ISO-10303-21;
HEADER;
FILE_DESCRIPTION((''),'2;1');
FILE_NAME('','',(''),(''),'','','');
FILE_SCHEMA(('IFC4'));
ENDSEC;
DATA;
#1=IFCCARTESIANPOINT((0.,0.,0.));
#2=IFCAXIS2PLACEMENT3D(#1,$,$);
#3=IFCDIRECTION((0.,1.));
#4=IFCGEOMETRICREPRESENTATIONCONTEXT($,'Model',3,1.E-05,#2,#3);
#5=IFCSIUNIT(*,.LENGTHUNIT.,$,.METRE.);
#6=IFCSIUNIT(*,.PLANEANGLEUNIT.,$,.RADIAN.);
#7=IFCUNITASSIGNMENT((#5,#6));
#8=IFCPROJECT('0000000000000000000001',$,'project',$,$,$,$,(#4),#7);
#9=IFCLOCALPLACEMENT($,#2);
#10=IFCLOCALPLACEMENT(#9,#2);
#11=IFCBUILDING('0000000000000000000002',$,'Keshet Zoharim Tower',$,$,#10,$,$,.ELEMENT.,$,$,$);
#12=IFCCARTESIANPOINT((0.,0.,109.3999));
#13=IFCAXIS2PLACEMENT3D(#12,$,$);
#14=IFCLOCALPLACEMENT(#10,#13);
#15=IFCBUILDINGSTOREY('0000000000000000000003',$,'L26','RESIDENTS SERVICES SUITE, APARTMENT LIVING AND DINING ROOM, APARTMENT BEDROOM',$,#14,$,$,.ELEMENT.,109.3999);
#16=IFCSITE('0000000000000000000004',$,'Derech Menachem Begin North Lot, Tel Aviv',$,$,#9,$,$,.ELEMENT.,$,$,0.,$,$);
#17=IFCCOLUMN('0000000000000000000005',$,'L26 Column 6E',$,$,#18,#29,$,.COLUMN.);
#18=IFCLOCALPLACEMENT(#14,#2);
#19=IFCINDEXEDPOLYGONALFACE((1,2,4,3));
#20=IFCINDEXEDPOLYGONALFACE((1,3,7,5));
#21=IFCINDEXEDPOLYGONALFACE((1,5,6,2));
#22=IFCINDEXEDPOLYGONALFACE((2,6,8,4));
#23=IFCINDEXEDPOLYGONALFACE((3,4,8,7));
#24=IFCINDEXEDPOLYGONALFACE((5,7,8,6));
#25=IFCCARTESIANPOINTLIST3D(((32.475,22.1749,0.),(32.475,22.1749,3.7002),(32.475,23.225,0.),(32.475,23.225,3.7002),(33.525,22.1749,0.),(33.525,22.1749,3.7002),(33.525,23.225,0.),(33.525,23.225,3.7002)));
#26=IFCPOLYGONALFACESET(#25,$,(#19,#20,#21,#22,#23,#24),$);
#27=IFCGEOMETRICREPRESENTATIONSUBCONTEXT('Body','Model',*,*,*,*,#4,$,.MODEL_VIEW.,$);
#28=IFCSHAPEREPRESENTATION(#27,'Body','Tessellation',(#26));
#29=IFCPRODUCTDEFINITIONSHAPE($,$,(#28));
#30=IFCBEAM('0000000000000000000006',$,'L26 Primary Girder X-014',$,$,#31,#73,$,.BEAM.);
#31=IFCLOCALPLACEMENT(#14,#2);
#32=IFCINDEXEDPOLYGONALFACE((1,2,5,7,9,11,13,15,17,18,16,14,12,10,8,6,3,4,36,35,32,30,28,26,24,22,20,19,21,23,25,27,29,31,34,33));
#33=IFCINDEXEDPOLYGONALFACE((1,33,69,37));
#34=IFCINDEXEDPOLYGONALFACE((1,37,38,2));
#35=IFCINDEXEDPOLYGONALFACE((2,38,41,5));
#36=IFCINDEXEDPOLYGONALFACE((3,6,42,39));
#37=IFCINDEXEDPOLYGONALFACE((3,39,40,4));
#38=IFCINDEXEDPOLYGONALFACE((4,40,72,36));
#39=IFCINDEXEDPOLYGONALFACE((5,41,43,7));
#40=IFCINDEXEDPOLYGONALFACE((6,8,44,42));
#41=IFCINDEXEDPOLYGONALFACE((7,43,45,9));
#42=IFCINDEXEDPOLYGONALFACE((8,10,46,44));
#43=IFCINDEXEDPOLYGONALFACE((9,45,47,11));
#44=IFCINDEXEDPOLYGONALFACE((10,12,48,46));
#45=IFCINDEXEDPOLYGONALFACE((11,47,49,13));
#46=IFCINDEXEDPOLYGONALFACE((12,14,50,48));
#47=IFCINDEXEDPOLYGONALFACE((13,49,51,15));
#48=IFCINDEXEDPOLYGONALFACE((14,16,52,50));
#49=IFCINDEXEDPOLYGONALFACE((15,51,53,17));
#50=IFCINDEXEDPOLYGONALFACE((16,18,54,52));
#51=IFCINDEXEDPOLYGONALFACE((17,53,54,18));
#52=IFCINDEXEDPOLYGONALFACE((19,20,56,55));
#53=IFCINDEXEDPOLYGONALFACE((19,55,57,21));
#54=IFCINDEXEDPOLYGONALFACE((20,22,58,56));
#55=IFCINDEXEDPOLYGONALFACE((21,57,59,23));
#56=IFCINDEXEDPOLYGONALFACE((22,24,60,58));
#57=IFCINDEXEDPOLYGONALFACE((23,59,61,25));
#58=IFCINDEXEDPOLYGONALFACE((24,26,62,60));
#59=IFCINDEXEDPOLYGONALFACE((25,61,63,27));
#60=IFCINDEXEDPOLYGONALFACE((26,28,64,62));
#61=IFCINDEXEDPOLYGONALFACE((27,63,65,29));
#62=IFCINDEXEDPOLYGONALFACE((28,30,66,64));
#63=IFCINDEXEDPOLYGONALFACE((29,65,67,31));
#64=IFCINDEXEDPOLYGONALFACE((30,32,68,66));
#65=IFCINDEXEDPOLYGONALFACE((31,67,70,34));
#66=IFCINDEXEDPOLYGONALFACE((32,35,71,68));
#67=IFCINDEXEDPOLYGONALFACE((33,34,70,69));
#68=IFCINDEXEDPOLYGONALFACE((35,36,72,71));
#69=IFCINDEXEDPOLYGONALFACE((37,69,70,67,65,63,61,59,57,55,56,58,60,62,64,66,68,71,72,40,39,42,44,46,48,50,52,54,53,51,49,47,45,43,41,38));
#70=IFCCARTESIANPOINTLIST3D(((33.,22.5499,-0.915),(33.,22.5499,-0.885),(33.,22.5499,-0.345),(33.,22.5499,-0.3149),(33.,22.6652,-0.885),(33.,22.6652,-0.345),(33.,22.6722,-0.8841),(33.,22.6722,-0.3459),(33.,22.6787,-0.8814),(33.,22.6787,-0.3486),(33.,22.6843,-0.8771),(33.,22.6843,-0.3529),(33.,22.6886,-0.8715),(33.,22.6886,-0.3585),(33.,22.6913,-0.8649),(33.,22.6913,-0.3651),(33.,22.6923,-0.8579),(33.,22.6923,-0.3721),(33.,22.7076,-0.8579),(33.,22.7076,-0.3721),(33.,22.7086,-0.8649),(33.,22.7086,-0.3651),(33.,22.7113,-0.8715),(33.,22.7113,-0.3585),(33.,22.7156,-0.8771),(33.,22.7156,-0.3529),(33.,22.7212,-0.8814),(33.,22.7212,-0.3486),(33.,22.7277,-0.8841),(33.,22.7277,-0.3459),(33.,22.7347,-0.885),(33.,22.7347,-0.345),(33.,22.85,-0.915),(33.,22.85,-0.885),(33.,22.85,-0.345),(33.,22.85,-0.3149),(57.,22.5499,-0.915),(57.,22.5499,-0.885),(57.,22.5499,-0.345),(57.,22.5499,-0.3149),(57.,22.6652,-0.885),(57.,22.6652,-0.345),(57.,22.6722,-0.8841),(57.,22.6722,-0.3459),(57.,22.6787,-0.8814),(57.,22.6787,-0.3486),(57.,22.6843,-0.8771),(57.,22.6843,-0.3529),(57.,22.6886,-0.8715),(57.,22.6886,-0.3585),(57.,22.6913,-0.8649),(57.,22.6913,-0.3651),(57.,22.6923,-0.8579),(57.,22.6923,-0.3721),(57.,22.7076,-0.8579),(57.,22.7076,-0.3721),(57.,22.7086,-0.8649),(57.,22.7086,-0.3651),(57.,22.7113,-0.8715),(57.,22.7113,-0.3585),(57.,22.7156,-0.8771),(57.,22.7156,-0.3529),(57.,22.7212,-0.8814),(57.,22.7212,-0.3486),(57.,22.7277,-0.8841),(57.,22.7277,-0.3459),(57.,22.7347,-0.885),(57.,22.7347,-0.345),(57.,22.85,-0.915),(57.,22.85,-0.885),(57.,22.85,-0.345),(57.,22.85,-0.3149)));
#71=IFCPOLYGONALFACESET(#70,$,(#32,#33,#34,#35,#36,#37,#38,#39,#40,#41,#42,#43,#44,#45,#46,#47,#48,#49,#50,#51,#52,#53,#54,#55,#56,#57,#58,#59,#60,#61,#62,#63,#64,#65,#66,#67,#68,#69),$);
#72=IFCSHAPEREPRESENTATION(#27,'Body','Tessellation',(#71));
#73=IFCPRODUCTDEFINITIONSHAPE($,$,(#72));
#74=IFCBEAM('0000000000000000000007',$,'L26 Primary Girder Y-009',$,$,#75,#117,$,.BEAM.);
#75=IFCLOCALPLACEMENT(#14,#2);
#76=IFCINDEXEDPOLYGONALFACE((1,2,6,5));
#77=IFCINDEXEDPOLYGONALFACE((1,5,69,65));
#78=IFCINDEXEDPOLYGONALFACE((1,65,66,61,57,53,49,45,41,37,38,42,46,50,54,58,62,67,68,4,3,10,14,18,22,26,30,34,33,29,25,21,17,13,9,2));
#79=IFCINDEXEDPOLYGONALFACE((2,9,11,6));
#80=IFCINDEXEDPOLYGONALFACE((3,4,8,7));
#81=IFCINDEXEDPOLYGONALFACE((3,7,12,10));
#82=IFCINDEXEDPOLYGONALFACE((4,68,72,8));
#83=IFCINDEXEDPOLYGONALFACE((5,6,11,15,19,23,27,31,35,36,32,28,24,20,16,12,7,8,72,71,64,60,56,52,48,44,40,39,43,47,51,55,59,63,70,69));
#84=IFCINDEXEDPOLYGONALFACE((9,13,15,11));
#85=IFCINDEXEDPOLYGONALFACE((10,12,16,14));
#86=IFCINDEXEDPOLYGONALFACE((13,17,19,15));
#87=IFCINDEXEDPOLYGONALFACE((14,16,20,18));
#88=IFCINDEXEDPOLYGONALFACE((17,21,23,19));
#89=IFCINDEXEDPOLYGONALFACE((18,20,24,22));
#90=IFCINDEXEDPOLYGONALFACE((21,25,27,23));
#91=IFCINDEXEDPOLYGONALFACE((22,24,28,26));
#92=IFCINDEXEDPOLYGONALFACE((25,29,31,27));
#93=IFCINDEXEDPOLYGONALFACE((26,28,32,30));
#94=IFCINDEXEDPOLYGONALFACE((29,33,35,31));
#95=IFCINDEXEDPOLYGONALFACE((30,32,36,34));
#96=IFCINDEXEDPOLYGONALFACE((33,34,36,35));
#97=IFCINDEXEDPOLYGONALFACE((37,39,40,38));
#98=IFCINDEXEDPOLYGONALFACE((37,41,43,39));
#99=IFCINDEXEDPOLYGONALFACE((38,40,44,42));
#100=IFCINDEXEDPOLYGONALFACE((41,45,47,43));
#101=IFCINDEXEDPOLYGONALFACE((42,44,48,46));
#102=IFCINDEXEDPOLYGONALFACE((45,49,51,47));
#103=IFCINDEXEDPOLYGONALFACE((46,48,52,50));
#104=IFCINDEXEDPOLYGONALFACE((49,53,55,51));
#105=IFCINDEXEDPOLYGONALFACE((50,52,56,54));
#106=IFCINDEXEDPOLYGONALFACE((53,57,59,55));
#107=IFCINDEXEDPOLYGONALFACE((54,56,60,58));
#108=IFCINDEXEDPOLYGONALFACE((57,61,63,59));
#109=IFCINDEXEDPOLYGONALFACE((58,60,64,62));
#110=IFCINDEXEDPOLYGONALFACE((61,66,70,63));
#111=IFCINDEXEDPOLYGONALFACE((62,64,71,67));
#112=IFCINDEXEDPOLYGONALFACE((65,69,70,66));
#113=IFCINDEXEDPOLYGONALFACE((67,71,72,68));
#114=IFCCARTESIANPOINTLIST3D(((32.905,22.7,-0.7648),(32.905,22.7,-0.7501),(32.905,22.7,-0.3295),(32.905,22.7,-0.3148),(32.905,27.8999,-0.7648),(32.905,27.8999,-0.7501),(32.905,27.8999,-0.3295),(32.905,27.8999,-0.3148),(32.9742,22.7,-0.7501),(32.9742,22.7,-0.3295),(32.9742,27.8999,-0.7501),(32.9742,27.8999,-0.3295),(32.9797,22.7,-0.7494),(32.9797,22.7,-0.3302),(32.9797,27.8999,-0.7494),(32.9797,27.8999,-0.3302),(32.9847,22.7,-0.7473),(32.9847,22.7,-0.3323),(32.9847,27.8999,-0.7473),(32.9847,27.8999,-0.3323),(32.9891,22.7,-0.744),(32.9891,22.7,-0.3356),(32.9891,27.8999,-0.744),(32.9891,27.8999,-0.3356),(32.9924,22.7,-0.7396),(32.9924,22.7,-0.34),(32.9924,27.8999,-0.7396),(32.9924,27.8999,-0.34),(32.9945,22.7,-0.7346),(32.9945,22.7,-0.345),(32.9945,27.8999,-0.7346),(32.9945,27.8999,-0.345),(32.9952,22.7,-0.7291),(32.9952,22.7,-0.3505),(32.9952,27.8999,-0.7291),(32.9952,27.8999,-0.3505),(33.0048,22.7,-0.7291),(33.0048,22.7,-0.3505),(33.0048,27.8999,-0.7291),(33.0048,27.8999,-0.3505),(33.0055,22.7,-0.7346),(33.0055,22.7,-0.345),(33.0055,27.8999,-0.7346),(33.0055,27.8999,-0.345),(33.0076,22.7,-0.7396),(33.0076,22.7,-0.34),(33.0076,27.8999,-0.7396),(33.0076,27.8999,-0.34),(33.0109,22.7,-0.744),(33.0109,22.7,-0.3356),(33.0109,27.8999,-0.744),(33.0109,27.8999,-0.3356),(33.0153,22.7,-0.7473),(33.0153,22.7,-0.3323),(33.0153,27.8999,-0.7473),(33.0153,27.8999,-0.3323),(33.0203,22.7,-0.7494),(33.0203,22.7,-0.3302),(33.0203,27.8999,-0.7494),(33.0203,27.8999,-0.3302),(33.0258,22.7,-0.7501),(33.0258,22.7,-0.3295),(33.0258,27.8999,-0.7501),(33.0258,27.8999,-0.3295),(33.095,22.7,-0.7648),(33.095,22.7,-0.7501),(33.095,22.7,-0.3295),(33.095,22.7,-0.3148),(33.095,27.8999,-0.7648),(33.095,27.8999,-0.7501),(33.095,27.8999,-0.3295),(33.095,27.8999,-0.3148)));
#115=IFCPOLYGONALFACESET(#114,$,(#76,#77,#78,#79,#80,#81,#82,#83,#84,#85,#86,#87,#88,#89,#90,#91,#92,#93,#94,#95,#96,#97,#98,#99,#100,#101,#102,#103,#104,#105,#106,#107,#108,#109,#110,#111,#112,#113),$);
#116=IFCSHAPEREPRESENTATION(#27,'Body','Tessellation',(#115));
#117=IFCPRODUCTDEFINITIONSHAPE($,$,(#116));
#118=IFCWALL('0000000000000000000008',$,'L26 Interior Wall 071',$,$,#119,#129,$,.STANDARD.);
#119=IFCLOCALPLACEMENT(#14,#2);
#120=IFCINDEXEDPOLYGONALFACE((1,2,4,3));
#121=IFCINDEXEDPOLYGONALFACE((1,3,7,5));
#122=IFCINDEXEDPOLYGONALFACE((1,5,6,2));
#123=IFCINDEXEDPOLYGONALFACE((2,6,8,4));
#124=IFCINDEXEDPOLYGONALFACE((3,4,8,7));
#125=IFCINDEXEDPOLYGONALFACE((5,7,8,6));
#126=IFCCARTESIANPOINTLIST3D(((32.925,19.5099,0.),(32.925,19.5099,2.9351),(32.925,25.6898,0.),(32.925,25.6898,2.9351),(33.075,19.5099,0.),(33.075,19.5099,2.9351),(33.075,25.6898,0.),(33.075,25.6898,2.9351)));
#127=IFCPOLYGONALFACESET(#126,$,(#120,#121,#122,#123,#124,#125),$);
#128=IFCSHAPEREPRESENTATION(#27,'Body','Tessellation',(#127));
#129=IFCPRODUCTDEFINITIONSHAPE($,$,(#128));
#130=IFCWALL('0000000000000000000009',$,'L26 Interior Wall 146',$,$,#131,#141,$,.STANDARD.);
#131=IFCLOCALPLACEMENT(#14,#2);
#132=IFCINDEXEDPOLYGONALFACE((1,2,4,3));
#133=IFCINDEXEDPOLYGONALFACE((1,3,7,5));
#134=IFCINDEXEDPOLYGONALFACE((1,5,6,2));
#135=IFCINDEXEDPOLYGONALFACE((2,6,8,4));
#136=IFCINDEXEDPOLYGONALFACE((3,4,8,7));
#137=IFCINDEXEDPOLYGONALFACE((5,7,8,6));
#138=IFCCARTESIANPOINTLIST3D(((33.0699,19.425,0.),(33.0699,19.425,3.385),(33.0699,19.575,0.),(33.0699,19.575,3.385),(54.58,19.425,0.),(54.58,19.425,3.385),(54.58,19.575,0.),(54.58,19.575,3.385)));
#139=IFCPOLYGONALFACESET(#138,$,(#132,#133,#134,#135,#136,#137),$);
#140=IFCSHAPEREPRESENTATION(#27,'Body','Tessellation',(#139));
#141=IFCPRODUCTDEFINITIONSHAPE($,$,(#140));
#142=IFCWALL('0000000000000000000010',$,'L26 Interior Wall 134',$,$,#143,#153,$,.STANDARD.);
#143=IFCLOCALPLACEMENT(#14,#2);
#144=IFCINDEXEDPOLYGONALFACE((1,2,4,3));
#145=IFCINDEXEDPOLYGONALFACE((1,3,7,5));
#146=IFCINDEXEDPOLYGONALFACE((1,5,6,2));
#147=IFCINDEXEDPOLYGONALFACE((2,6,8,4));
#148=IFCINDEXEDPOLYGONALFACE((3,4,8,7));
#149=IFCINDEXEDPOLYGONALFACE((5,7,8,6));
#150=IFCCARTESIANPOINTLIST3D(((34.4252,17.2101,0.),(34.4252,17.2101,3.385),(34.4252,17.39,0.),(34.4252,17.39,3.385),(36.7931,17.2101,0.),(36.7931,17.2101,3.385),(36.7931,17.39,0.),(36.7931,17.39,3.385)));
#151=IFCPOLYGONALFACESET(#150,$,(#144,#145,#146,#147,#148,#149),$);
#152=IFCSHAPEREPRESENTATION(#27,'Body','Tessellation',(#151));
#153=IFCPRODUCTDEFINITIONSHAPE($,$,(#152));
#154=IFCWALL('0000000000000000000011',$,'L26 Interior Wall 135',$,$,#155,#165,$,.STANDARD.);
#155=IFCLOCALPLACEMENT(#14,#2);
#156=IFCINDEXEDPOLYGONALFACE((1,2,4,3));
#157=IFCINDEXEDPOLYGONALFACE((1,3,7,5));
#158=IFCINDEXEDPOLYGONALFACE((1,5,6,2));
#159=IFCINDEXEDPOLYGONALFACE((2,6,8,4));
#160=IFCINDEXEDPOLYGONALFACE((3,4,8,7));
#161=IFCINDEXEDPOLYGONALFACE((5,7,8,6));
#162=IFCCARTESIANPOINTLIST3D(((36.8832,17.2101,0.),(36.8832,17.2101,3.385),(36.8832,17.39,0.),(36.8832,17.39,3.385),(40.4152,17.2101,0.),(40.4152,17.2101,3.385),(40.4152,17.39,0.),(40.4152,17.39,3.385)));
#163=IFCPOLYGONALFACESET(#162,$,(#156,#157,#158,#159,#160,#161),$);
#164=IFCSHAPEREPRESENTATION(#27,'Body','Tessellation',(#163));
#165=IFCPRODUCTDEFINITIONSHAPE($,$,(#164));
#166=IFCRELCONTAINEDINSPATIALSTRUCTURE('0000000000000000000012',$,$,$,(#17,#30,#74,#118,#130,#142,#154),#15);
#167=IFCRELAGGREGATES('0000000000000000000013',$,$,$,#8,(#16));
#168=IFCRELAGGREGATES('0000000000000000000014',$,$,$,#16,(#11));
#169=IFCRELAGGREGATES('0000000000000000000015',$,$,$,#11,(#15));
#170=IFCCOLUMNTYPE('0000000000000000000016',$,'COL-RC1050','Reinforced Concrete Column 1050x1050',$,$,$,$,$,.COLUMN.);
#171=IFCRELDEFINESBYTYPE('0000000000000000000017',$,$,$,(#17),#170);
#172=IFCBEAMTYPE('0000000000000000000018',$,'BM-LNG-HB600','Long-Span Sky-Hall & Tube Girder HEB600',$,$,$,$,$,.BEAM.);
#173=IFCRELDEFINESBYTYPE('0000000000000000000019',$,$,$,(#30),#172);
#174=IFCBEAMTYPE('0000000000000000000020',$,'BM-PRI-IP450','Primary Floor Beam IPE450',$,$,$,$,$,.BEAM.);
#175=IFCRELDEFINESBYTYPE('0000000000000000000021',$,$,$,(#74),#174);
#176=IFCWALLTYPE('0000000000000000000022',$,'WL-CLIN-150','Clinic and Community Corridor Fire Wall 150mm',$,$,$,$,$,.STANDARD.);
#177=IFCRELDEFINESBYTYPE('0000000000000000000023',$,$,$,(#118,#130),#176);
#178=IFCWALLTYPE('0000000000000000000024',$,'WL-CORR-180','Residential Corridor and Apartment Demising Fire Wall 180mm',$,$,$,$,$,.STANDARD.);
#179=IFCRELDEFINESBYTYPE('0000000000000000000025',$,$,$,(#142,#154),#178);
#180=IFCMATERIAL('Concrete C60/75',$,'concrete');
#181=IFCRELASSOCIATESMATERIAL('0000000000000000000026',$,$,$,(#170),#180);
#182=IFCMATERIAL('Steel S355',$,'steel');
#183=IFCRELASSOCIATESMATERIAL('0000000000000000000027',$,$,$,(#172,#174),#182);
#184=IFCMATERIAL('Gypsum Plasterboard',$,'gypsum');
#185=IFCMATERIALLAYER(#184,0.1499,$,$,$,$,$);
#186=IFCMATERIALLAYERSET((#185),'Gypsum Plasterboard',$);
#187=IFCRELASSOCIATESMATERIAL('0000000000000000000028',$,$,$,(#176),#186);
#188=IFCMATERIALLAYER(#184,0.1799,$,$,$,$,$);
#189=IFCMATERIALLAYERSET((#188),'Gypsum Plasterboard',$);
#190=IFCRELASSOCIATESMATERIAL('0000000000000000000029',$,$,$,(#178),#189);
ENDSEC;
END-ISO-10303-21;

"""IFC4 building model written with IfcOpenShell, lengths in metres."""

from ifc_helpers import new_model, si_unit, direction, frame, frame_2d, origin, origin_2d, place, context, subcontext, project, spatial, rectangle, i_section, extrude, material, layer, layer_set, material_profile, profile_set, type_object, element, save


model = new_model("IFC4")

# Units and contexts
model_context = context("Model", 3, precision=1e-05, world=origin(), true_north=direction((0.0, 1.0)))
body_context = subcontext(model_context, "Body", "Model", "MODEL_VIEW")
ifc_project = project(units=[si_unit("LENGTHUNIT", "METRE"), si_unit("PLANEANGLEUNIT", "RADIAN")], contexts=[model_context])

# Site, building, storey
site_placement = place(None, origin())
site = spatial("IfcSite", under=ifc_project, at=site_placement, Name="Derech Menachem Begin North Lot, Tel Aviv", CompositionType="ELEMENT", RefElevation=0.0)
building_placement = place(site_placement, origin())
building = spatial("IfcBuilding", under=site, at=building_placement, Name="Keshet Zoharim Tower", CompositionType="ELEMENT")
storey_placement = place(building_placement, frame((0.0, 0.0, 109.3999)))
storey = spatial("IfcBuildingStorey", under=building, at=storey_placement, Name="L26", Description="RESIDENTS SERVICES SUITE, APARTMENT LIVING AND DINING ROOM, APARTMENT BEDROOM", CompositionType="ELEMENT", Elevation=109.3999)

# Column
ifc_material_1 = material(Name="Concrete C60/75", Category="concrete")
ifc_material_profile_1 = material_profile(ifc_material_1, rectangle(XDim=1.05, YDim=1.05, at=origin_2d()), Name="RC1050x1050")
ifc_profile_set_1 = profile_set([ifc_material_profile_1], Name="Concrete C60/75")
column_type = type_object("IfcColumnType", Name="COL-RC1050", Description="Reinforced Concrete Column 1050x1050", PredefinedType="COLUMN", material=ifc_profile_set_1)
column_placement = place(storey_placement, frame((33.0, 22.7, 0.0), z_axis=(0.0, 0.0, 1.0), x_axis=(1.0, 0.0, 0.0)))
element("IfcColumn", 1, at=column_placement, inside=storey, type_object=column_type, Name="L26 Column 6E", PredefinedType="COLUMN", context=body_context, shape_type="SweptSolid", body=[
    extrude(rectangle(XDim=1.05, YDim=1.05, at=origin_2d()), origin(), (0.0, 0.0, 1.0), 3.7002),
])

# Beams
ifc_material_2 = material(Name="Steel S355", Category="steel")
ifc_material_profile_2 = material_profile(ifc_material_2, i_section(OverallWidth=0.3, OverallDepth=0.6001, WebThickness=0.0154, FlangeThickness=0.03, FilletRadius=0.0271, at=origin_2d()), Name="HEB600")
ifc_profile_set_2 = profile_set([ifc_material_profile_2], Name="Steel S355")
beam_type_1 = type_object("IfcBeamType", Name="BM-LNG-HB600", Description="Long-Span Sky-Hall & Tube Girder HEB600", PredefinedType="BEAM", material=ifc_profile_set_2)
beam_1_placement = place(storey_placement, frame((33.0, 22.7, -0.615), z_axis=(1.0, 0.0, 0.0), x_axis=(0.0, 1.0, 0.0)))
element("IfcBeam", 2, at=beam_1_placement, inside=storey, type_object=beam_type_1, Name="L26 Primary Girder X-014", PredefinedType="BEAM", context=body_context, shape_type="SweptSolid", body=[
    extrude(i_section(OverallWidth=0.3, OverallDepth=0.6001, WebThickness=0.0154, FlangeThickness=0.03, FilletRadius=0.0271, at=origin_2d()), origin(), (0.0, 0.0, 1.0), 24.0),
])
ifc_material_profile_3 = material_profile(ifc_material_2, i_section(OverallWidth=0.1899, OverallDepth=0.45, WebThickness=0.0095, FlangeThickness=0.0146, FilletRadius=0.021, at=origin_2d()), Name="IPE450")
ifc_profile_set_3 = profile_set([ifc_material_profile_3], Name="Steel S355")
beam_type_2 = type_object("IfcBeamType", Name="BM-PRI-IP450", Description="Primary Floor Beam IPE450", PredefinedType="BEAM", material=ifc_profile_set_3)
beam_2_placement = place(storey_placement, frame((33.0, 22.7, -0.5398), z_axis=(0.0, 1.0, 0.0), x_axis=(-1.0, 0.0, 0.0)))
element("IfcBeam", 3, at=beam_2_placement, inside=storey, type_object=beam_type_2, Name="L26 Primary Girder Y-009", PredefinedType="BEAM", context=body_context, shape_type="SweptSolid", body=[
    extrude(i_section(OverallWidth=0.1899, OverallDepth=0.45, WebThickness=0.0095, FlangeThickness=0.0146, FilletRadius=0.021, at=origin_2d()), origin(), (0.0, 0.0, 1.0), 5.2),
])

# Walls
ifc_material_3 = material(Name="Gypsum Plasterboard", Category="gypsum")
ifc_layer_1 = layer(ifc_material_3, 0.1499)
ifc_layer_set_1 = layer_set([ifc_layer_1], Name="Gypsum Plasterboard")
wall_type_1 = type_object("IfcWallType", Name="WL-CLIN-150", Description="Clinic and Community Corridor Fire Wall 150mm", PredefinedType="STANDARD", material=ifc_layer_set_1)
wall_1_placement = place(storey_placement, frame((33.0, 19.51, 0.0), z_axis=(0.0, 0.0, 1.0), x_axis=(0.0, 1.0, 0.0)))
element("IfcWall", 4, at=wall_1_placement, inside=storey, type_object=wall_type_1, Name="L26 Interior Wall 071", PredefinedType="STANDARD", context=body_context, shape_type="SweptSolid", body=[
    extrude(rectangle(XDim=6.1799, YDim=0.1499, at=frame_2d((3.0898, 0.0))), origin(), (0.0, 0.0, 1.0), 2.9351),
])
wall_2_placement = place(storey_placement, frame((33.0701, 19.5, 0.0), z_axis=(0.0, 0.0, 1.0), x_axis=(1.0, 0.0, 0.0)))
element("IfcWall", 5, at=wall_2_placement, inside=storey, type_object=wall_type_1, Name="L26 Interior Wall 146", PredefinedType="STANDARD", context=body_context, shape_type="SweptSolid", body=[
    extrude(rectangle(XDim=21.51, YDim=0.1499, at=frame_2d((10.7549, 0.0))), origin(), (0.0, 0.0, 1.0), 3.385),
])
ifc_layer_2 = layer(ifc_material_3, 0.1799)
ifc_layer_set_2 = layer_set([ifc_layer_2], Name="Gypsum Plasterboard")
wall_type_2 = type_object("IfcWallType", Name="WL-CORR-180", Description="Residential Corridor and Apartment Demising Fire Wall 180mm", PredefinedType="STANDARD", material=ifc_layer_set_2)
wall_3_placement = place(storey_placement, frame((34.425, 17.3, 0.0), z_axis=(0.0, 0.0, 1.0), x_axis=(1.0, 0.0, 0.0)))
element("IfcWall", 6, at=wall_3_placement, inside=storey, type_object=wall_type_2, Name="L26 Interior Wall 134", PredefinedType="STANDARD", context=body_context, shape_type="SweptSolid", body=[
    extrude(rectangle(XDim=2.3679, YDim=0.1799, at=frame_2d((1.1841, 0.0))), origin(), (0.0, 0.0, 1.0), 3.385),
])
wall_4_placement = place(storey_placement, frame((36.8831, 17.3, 0.0), z_axis=(0.0, 0.0, 1.0), x_axis=(1.0, 0.0, 0.0)))
element("IfcWall", 7, at=wall_4_placement, inside=storey, type_object=wall_type_2, Name="L26 Interior Wall 135", PredefinedType="STANDARD", context=body_context, shape_type="SweptSolid", body=[
    extrude(rectangle(XDim=3.532, YDim=0.1799, at=frame_2d((1.7661, 0.0))), origin(), (0.0, 0.0, 1.0), 3.385),
])

save(model, "model.ifc")
